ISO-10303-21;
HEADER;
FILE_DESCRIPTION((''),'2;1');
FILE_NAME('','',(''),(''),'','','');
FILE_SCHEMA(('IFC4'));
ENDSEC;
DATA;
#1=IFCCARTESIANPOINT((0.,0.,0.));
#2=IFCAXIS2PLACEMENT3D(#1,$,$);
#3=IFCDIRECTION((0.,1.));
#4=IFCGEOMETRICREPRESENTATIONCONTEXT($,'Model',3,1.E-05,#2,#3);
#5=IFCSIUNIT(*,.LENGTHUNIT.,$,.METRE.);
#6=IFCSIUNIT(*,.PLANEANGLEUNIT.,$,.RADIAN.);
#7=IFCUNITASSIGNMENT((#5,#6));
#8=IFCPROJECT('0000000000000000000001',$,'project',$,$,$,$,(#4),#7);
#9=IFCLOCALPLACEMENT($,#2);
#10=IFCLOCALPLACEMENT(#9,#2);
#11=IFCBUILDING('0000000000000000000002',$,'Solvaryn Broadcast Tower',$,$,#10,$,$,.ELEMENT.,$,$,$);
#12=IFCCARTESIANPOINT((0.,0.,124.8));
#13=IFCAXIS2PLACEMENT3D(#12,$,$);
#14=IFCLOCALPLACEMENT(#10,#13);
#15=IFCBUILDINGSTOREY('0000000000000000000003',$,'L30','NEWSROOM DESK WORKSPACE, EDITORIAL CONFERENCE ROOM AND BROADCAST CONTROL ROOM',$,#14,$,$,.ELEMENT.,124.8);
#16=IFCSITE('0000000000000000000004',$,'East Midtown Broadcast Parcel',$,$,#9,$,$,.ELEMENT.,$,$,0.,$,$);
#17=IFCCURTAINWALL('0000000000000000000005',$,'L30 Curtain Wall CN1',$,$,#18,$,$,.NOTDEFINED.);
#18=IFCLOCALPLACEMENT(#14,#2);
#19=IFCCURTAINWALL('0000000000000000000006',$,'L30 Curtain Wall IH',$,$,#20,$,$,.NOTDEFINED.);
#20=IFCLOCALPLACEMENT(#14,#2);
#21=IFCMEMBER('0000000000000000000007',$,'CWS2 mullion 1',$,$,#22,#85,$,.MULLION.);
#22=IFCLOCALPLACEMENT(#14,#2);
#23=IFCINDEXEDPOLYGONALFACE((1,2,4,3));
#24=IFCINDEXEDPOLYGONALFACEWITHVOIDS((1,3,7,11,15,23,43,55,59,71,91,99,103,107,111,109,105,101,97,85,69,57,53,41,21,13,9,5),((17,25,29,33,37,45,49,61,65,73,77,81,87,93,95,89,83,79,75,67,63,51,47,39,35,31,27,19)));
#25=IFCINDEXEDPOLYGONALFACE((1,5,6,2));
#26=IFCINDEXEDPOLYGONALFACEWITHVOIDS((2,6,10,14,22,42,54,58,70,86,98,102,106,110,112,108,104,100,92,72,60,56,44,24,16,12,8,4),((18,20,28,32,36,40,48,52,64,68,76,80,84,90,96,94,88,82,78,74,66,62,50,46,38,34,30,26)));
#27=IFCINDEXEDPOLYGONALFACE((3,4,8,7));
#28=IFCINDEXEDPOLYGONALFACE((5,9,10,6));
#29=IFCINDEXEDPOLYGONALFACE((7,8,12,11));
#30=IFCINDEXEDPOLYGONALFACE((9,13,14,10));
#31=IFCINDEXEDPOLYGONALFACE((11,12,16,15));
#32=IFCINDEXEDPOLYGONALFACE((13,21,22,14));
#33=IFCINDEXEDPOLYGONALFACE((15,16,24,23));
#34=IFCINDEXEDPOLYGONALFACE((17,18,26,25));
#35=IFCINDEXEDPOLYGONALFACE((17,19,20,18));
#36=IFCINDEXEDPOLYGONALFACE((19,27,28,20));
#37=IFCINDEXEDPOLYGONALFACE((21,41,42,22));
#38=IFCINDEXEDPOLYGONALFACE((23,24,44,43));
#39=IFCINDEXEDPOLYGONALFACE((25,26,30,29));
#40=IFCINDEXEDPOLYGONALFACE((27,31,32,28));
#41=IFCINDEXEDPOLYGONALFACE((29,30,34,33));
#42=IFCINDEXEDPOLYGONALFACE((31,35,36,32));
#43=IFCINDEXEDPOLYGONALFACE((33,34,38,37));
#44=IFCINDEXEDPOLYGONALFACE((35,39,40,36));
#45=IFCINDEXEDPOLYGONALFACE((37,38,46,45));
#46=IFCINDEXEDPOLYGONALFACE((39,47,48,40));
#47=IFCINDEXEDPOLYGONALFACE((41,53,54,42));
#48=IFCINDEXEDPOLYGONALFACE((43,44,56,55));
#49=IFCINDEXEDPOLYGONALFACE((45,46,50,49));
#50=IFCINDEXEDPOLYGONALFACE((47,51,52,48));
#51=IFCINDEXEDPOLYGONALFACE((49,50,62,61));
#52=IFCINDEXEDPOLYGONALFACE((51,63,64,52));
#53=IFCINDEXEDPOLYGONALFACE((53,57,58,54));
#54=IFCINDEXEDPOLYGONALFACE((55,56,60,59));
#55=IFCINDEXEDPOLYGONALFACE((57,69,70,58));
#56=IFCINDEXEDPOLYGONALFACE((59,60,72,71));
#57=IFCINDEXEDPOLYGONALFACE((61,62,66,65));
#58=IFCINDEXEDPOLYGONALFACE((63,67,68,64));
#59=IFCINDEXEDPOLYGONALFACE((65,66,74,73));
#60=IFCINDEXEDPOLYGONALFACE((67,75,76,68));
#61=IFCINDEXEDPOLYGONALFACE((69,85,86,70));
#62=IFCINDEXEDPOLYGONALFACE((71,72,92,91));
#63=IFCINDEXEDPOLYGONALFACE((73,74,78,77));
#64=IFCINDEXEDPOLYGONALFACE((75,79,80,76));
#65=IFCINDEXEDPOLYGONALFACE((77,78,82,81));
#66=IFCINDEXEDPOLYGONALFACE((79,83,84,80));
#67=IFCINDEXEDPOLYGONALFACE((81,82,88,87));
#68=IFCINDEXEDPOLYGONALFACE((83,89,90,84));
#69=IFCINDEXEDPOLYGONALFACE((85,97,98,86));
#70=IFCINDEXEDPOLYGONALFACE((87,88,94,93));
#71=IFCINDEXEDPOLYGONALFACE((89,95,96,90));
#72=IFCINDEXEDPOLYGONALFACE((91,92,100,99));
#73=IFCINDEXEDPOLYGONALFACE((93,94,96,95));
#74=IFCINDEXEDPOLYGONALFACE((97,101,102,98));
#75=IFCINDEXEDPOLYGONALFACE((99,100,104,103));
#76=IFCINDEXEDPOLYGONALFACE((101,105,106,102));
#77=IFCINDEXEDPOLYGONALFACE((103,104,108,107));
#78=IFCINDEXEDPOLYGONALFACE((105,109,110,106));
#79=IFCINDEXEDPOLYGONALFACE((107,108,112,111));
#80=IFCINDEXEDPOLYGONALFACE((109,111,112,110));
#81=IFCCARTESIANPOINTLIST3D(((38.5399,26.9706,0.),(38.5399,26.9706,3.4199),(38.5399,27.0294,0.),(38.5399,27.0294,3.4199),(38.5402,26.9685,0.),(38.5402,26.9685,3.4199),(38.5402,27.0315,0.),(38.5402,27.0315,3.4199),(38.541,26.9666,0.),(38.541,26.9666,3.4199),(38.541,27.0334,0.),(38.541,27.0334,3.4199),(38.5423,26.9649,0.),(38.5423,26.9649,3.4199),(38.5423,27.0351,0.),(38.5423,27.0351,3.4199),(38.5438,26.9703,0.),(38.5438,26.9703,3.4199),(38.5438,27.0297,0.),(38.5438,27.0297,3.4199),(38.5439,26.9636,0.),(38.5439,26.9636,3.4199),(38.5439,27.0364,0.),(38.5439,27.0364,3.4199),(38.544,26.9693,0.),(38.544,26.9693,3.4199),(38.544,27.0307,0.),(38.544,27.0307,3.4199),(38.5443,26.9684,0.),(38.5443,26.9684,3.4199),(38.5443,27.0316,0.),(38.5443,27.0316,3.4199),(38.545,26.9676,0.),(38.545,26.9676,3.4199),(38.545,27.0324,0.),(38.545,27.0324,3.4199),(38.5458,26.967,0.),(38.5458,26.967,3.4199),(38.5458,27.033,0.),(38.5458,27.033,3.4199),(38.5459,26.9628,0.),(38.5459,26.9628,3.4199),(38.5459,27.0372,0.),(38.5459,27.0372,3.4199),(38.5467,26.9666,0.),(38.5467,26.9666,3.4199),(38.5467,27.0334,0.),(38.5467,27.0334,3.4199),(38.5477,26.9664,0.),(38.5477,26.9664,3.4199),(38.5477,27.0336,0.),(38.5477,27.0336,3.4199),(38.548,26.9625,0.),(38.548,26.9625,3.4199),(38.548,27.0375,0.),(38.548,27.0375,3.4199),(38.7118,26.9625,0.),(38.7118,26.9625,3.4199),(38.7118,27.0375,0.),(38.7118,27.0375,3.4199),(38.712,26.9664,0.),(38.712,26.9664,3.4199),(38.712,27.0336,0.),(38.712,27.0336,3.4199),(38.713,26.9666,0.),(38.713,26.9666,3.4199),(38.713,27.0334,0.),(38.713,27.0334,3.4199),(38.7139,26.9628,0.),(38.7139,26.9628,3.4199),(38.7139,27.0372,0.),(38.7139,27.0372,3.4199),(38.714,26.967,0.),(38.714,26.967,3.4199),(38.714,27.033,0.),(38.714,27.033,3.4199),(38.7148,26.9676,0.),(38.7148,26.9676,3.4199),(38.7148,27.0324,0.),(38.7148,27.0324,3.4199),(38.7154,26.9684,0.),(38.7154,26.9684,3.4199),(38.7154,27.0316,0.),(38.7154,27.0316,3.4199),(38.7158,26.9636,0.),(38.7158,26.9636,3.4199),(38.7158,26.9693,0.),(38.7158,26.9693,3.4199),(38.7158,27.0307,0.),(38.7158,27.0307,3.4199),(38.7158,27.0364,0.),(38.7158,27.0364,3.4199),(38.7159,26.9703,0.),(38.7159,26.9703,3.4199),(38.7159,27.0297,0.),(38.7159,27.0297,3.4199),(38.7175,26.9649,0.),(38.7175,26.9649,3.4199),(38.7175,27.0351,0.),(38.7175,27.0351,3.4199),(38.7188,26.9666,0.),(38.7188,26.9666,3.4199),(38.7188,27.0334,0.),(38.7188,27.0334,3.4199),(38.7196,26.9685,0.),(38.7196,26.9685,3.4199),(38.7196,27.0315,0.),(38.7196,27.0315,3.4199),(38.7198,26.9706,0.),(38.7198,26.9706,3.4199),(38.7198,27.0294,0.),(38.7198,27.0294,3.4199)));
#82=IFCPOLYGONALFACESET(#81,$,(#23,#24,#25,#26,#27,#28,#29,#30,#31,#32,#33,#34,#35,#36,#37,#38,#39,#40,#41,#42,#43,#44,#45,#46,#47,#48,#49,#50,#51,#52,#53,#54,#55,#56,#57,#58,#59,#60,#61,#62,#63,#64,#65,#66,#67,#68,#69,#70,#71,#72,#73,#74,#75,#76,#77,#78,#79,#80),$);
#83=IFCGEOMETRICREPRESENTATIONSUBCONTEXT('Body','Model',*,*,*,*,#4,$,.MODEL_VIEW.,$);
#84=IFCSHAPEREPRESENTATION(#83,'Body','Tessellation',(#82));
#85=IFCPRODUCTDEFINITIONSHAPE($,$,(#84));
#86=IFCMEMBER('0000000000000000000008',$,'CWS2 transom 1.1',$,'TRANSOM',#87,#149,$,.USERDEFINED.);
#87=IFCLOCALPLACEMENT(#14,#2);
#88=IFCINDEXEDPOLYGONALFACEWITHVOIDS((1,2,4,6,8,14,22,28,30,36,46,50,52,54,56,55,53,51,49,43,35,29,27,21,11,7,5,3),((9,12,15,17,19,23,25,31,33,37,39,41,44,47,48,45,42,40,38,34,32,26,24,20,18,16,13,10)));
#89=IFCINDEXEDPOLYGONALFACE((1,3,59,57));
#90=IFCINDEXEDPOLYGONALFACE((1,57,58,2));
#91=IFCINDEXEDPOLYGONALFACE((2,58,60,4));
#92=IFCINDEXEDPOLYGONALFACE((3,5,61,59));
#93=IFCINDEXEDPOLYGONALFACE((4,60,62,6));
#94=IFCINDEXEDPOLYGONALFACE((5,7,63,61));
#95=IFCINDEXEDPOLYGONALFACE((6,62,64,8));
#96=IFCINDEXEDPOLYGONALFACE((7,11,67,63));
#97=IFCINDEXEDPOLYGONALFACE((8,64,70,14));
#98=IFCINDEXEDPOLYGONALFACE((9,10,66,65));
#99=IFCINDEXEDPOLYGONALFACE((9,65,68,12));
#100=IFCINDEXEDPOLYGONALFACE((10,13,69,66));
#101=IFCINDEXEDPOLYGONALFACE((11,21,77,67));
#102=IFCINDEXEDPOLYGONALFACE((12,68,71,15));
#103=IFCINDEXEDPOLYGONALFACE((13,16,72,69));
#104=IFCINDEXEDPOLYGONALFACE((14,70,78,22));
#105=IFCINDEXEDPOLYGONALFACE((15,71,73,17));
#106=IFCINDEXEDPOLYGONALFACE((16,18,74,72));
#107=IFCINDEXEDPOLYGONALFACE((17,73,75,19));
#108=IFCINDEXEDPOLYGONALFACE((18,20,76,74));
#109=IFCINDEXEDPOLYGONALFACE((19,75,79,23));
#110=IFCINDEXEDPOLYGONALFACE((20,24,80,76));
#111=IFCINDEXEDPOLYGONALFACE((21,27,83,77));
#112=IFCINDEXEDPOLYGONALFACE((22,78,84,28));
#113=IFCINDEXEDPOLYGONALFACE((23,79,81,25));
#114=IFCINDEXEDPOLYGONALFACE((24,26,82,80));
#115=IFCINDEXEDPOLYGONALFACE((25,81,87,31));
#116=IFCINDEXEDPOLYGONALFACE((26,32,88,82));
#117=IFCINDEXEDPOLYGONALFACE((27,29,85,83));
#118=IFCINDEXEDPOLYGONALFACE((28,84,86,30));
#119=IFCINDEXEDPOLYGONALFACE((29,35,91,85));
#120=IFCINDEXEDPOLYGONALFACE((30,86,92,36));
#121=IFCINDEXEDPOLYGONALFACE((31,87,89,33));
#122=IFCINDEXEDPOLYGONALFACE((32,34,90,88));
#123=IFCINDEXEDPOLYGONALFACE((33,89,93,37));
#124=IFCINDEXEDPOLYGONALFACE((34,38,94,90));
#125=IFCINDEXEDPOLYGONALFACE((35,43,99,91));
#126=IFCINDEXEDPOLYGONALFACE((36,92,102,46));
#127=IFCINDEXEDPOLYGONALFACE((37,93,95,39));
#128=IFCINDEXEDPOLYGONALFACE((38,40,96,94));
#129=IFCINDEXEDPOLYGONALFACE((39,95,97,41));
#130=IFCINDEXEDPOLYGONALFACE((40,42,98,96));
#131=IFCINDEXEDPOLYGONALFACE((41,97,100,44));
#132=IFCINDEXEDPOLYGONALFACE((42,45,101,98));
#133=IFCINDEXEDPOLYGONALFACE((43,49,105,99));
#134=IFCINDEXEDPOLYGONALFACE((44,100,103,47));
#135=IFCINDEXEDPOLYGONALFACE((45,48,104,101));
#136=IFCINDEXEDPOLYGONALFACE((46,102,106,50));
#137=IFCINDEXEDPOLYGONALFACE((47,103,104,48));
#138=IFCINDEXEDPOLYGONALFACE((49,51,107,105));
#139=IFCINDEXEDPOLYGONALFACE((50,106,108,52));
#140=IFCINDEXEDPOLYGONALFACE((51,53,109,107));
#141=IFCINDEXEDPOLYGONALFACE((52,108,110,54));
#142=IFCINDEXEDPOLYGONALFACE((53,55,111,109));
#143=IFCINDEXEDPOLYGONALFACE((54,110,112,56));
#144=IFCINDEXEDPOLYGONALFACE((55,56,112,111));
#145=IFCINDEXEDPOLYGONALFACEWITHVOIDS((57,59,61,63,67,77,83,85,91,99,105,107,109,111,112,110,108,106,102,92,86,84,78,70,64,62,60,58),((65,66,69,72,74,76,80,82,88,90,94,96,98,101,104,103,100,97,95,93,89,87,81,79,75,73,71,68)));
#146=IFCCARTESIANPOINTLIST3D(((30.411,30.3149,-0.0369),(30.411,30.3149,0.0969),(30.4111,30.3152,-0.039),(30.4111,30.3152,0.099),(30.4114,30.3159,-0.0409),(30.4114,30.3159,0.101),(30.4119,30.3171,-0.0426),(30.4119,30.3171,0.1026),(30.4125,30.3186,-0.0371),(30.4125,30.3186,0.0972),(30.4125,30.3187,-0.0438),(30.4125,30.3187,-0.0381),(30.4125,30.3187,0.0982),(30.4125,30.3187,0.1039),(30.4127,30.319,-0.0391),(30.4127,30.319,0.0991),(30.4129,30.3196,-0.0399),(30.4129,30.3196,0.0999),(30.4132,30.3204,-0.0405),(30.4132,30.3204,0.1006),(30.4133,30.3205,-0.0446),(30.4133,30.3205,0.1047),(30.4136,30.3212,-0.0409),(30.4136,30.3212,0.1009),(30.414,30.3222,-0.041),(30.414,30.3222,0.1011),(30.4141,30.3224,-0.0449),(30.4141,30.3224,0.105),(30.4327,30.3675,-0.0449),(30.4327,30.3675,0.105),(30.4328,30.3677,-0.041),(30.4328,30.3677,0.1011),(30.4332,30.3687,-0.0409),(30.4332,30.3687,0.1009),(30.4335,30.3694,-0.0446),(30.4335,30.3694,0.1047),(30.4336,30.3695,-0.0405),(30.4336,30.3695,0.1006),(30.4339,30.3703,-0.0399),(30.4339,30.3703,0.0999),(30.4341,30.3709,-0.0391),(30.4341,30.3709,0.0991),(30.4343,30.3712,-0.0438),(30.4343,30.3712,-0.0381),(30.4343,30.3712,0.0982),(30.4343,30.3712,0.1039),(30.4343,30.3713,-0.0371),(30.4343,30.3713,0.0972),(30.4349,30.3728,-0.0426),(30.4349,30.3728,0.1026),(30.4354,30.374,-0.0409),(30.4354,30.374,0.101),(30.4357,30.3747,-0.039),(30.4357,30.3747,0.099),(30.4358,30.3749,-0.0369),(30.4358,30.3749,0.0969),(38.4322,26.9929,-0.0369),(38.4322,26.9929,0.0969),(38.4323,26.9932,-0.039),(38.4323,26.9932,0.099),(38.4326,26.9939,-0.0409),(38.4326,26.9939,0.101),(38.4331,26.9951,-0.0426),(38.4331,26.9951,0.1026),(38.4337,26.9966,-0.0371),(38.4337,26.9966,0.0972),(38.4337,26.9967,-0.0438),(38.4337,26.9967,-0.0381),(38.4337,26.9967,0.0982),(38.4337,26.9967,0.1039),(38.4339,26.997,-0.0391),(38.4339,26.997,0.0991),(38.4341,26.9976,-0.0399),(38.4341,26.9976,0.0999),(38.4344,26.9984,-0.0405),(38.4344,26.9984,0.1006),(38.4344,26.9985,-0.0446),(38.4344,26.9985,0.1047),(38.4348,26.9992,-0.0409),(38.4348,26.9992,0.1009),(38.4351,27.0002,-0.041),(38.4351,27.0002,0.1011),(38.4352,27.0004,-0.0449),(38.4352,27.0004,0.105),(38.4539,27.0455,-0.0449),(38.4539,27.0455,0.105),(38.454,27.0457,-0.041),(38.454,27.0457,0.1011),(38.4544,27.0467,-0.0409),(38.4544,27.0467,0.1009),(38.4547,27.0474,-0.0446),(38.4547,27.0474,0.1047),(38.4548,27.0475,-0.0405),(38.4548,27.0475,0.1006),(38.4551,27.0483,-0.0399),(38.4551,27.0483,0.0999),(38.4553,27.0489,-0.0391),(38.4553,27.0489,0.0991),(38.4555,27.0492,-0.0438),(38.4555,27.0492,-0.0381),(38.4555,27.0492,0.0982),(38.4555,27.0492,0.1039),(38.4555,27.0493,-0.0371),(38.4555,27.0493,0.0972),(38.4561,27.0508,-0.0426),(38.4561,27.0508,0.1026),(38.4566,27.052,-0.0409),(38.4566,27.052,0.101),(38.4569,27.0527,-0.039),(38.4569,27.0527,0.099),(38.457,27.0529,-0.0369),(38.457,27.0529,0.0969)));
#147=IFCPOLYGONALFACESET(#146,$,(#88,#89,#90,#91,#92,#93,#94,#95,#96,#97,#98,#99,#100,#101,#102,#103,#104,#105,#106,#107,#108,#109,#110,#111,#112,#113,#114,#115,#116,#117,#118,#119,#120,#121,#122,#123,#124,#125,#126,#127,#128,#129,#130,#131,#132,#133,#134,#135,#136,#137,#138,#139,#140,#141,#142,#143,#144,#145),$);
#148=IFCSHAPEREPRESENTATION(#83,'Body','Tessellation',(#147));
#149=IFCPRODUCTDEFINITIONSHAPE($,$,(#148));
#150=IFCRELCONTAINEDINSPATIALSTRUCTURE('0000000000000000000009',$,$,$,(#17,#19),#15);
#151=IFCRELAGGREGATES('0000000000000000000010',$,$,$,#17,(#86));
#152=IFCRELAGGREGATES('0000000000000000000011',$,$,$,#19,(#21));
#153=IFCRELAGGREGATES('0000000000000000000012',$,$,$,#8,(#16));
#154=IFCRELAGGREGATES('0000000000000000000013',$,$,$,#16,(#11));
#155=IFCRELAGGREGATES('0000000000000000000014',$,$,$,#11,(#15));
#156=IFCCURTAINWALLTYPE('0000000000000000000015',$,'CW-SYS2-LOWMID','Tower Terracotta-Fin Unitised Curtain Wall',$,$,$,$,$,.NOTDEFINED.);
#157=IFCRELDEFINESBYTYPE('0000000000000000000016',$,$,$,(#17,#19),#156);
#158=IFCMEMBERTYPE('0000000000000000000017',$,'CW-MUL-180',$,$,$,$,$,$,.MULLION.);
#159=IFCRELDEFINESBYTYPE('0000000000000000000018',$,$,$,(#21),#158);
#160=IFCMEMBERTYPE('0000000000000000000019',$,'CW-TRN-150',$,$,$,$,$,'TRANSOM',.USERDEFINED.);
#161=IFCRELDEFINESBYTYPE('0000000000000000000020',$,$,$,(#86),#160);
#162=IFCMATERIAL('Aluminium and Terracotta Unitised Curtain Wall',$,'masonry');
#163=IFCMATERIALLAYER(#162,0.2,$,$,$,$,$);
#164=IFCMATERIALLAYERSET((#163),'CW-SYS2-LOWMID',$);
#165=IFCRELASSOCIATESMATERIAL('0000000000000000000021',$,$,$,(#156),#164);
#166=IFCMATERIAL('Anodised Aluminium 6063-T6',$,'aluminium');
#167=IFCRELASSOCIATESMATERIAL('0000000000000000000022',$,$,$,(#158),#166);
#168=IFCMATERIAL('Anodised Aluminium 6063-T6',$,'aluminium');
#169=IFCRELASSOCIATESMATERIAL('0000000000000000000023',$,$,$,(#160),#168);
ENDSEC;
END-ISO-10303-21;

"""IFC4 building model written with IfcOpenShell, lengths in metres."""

from ifc_helpers import new_model, si_unit, direction, frame, origin, origin_2d, place, context, subcontext, project, spatial, hollow_rectangle, extrude, material, layer, layer_set, material_profile, profile_set, type_object, element, aggregate, save


model = new_model("IFC4")

# Units and contexts
model_context = context("Model", 3, precision=1e-05, world=origin(), true_north=direction((0.0, 1.0)))
body_context = subcontext(model_context, "Body", "Model", "MODEL_VIEW")
ifc_project = project(units=[si_unit("LENGTHUNIT", "METRE"), si_unit("PLANEANGLEUNIT", "RADIAN")], contexts=[model_context])

# Site, building, storey
site_placement = place(None, origin())
site = spatial("IfcSite", under=ifc_project, at=site_placement, Name="East Midtown Broadcast Parcel", CompositionType="ELEMENT", RefElevation=0.0)
building_placement = place(site_placement, origin())
building = spatial("IfcBuilding", under=site, at=building_placement, Name="Solvaryn Broadcast Tower", CompositionType="ELEMENT")
storey_placement = place(building_placement, frame((0.0, 0.0, 124.8)))
storey = spatial("IfcBuildingStorey", under=building, at=storey_placement, Name="L30", Description="NEWSROOM DESK WORKSPACE, EDITORIAL CONFERENCE ROOM AND BROADCAST CONTROL ROOM", CompositionType="ELEMENT", Elevation=124.8)

# Curtain walls, member
ifc_material_1 = material(Name="Aluminium and Terracotta Unitised Curtain Wall", Category="masonry")
ifc_layer_1 = layer(ifc_material_1, 0.2)
ifc_layer_set_1 = layer_set([ifc_layer_1], Name="CW-SYS2-LOWMID")
curtain_wall_type = type_object("IfcCurtainWallType", Name="CW-SYS2-LOWMID", Description="Tower Terracotta-Fin Unitised Curtain Wall", PredefinedType="NOTDEFINED", material=ifc_layer_set_1)
curtain_wall_1_placement = place(storey_placement, origin())
curtain_wall_1 = element("IfcCurtainWall", 1, at=curtain_wall_1_placement, inside=storey, type_object=curtain_wall_type, Name="L30 Curtain Wall CN1", PredefinedType="NOTDEFINED")
ifc_material_2 = material(Name="Anodised Aluminium 6063-T6", Category="aluminium")
ifc_material_profile_1 = material_profile(ifc_material_2, hollow_rectangle(XDim=0.075, YDim=0.1799, WallThickness=0.0039, InnerFilletRadius=0.0039, OuterFilletRadius=0.0081, at=origin_2d()))
ifc_profile_set_1 = profile_set([ifc_material_profile_1], Name="Anodised Aluminium 6063-T6")
member_type_1 = type_object("IfcMemberType", Name="CW-MUL-180", PredefinedType="MULLION", material=ifc_profile_set_1)
curtain_wall_2_placement = place(storey_placement, origin())
curtain_wall_2 = element("IfcCurtainWall", 2, at=curtain_wall_2_placement, inside=storey, type_object=curtain_wall_type, Name="L30 Curtain Wall IH", PredefinedType="NOTDEFINED")
member_1_placement = place(storey_placement, frame((38.6299, 27.0, 0.0), z_axis=(0.0, 0.0, 1.0), x_axis=(0.0, 1.0, 0.0)))
member_1 = element("IfcMember", 3, at=member_1_placement, type_object=member_type_1, Name="CWS2 mullion 1", PredefinedType="MULLION", context=body_context, shape_type="SweptSolid", body=[
    extrude(hollow_rectangle(XDim=0.075, YDim=0.1799, WallThickness=0.0039, InnerFilletRadius=0.0039, OuterFilletRadius=0.0081, at=origin_2d()), origin(), (0.0, 0.0, 1.0), 3.4199),
])

# Member
ifc_material_3 = material(Name="Anodised Aluminium 6063-T6", Category="aluminium")
ifc_material_profile_2 = material_profile(ifc_material_3, hollow_rectangle(XDim=0.0649, YDim=0.1499, WallThickness=0.0039, InnerFilletRadius=0.0039, OuterFilletRadius=0.0081, at=origin_2d()))
ifc_profile_set_2 = profile_set([ifc_material_profile_2], Name="Anodised Aluminium 6063-T6")
member_type_2 = type_object("IfcMemberType", Name="CW-TRN-150", ElementType="TRANSOM", PredefinedType="USERDEFINED", material=ifc_profile_set_2)
member_2_placement = place(storey_placement, frame((38.4446, 27.0229, 0.03), z_axis=(-0.923899, 0.382636, 0.0), x_axis=(-0.382636, -0.923899, 0.0)))
member_2 = element("IfcMember", 4, at=member_2_placement, type_object=member_type_2, Name="CWS2 transom 1.1", ObjectType="TRANSOM", PredefinedType="USERDEFINED", context=body_context, shape_type="SweptSolid", body=[
    extrude(hollow_rectangle(XDim=0.0649, YDim=0.1499, WallThickness=0.0039, InnerFilletRadius=0.0039, OuterFilletRadius=0.0081, at=origin_2d()), origin(), (0.0, 0.0, 1.0), 8.6819),
])
aggregate(curtain_wall_1, [member_2])
aggregate(curtain_wall_2, [member_1])

save(model, "model.ifc")
